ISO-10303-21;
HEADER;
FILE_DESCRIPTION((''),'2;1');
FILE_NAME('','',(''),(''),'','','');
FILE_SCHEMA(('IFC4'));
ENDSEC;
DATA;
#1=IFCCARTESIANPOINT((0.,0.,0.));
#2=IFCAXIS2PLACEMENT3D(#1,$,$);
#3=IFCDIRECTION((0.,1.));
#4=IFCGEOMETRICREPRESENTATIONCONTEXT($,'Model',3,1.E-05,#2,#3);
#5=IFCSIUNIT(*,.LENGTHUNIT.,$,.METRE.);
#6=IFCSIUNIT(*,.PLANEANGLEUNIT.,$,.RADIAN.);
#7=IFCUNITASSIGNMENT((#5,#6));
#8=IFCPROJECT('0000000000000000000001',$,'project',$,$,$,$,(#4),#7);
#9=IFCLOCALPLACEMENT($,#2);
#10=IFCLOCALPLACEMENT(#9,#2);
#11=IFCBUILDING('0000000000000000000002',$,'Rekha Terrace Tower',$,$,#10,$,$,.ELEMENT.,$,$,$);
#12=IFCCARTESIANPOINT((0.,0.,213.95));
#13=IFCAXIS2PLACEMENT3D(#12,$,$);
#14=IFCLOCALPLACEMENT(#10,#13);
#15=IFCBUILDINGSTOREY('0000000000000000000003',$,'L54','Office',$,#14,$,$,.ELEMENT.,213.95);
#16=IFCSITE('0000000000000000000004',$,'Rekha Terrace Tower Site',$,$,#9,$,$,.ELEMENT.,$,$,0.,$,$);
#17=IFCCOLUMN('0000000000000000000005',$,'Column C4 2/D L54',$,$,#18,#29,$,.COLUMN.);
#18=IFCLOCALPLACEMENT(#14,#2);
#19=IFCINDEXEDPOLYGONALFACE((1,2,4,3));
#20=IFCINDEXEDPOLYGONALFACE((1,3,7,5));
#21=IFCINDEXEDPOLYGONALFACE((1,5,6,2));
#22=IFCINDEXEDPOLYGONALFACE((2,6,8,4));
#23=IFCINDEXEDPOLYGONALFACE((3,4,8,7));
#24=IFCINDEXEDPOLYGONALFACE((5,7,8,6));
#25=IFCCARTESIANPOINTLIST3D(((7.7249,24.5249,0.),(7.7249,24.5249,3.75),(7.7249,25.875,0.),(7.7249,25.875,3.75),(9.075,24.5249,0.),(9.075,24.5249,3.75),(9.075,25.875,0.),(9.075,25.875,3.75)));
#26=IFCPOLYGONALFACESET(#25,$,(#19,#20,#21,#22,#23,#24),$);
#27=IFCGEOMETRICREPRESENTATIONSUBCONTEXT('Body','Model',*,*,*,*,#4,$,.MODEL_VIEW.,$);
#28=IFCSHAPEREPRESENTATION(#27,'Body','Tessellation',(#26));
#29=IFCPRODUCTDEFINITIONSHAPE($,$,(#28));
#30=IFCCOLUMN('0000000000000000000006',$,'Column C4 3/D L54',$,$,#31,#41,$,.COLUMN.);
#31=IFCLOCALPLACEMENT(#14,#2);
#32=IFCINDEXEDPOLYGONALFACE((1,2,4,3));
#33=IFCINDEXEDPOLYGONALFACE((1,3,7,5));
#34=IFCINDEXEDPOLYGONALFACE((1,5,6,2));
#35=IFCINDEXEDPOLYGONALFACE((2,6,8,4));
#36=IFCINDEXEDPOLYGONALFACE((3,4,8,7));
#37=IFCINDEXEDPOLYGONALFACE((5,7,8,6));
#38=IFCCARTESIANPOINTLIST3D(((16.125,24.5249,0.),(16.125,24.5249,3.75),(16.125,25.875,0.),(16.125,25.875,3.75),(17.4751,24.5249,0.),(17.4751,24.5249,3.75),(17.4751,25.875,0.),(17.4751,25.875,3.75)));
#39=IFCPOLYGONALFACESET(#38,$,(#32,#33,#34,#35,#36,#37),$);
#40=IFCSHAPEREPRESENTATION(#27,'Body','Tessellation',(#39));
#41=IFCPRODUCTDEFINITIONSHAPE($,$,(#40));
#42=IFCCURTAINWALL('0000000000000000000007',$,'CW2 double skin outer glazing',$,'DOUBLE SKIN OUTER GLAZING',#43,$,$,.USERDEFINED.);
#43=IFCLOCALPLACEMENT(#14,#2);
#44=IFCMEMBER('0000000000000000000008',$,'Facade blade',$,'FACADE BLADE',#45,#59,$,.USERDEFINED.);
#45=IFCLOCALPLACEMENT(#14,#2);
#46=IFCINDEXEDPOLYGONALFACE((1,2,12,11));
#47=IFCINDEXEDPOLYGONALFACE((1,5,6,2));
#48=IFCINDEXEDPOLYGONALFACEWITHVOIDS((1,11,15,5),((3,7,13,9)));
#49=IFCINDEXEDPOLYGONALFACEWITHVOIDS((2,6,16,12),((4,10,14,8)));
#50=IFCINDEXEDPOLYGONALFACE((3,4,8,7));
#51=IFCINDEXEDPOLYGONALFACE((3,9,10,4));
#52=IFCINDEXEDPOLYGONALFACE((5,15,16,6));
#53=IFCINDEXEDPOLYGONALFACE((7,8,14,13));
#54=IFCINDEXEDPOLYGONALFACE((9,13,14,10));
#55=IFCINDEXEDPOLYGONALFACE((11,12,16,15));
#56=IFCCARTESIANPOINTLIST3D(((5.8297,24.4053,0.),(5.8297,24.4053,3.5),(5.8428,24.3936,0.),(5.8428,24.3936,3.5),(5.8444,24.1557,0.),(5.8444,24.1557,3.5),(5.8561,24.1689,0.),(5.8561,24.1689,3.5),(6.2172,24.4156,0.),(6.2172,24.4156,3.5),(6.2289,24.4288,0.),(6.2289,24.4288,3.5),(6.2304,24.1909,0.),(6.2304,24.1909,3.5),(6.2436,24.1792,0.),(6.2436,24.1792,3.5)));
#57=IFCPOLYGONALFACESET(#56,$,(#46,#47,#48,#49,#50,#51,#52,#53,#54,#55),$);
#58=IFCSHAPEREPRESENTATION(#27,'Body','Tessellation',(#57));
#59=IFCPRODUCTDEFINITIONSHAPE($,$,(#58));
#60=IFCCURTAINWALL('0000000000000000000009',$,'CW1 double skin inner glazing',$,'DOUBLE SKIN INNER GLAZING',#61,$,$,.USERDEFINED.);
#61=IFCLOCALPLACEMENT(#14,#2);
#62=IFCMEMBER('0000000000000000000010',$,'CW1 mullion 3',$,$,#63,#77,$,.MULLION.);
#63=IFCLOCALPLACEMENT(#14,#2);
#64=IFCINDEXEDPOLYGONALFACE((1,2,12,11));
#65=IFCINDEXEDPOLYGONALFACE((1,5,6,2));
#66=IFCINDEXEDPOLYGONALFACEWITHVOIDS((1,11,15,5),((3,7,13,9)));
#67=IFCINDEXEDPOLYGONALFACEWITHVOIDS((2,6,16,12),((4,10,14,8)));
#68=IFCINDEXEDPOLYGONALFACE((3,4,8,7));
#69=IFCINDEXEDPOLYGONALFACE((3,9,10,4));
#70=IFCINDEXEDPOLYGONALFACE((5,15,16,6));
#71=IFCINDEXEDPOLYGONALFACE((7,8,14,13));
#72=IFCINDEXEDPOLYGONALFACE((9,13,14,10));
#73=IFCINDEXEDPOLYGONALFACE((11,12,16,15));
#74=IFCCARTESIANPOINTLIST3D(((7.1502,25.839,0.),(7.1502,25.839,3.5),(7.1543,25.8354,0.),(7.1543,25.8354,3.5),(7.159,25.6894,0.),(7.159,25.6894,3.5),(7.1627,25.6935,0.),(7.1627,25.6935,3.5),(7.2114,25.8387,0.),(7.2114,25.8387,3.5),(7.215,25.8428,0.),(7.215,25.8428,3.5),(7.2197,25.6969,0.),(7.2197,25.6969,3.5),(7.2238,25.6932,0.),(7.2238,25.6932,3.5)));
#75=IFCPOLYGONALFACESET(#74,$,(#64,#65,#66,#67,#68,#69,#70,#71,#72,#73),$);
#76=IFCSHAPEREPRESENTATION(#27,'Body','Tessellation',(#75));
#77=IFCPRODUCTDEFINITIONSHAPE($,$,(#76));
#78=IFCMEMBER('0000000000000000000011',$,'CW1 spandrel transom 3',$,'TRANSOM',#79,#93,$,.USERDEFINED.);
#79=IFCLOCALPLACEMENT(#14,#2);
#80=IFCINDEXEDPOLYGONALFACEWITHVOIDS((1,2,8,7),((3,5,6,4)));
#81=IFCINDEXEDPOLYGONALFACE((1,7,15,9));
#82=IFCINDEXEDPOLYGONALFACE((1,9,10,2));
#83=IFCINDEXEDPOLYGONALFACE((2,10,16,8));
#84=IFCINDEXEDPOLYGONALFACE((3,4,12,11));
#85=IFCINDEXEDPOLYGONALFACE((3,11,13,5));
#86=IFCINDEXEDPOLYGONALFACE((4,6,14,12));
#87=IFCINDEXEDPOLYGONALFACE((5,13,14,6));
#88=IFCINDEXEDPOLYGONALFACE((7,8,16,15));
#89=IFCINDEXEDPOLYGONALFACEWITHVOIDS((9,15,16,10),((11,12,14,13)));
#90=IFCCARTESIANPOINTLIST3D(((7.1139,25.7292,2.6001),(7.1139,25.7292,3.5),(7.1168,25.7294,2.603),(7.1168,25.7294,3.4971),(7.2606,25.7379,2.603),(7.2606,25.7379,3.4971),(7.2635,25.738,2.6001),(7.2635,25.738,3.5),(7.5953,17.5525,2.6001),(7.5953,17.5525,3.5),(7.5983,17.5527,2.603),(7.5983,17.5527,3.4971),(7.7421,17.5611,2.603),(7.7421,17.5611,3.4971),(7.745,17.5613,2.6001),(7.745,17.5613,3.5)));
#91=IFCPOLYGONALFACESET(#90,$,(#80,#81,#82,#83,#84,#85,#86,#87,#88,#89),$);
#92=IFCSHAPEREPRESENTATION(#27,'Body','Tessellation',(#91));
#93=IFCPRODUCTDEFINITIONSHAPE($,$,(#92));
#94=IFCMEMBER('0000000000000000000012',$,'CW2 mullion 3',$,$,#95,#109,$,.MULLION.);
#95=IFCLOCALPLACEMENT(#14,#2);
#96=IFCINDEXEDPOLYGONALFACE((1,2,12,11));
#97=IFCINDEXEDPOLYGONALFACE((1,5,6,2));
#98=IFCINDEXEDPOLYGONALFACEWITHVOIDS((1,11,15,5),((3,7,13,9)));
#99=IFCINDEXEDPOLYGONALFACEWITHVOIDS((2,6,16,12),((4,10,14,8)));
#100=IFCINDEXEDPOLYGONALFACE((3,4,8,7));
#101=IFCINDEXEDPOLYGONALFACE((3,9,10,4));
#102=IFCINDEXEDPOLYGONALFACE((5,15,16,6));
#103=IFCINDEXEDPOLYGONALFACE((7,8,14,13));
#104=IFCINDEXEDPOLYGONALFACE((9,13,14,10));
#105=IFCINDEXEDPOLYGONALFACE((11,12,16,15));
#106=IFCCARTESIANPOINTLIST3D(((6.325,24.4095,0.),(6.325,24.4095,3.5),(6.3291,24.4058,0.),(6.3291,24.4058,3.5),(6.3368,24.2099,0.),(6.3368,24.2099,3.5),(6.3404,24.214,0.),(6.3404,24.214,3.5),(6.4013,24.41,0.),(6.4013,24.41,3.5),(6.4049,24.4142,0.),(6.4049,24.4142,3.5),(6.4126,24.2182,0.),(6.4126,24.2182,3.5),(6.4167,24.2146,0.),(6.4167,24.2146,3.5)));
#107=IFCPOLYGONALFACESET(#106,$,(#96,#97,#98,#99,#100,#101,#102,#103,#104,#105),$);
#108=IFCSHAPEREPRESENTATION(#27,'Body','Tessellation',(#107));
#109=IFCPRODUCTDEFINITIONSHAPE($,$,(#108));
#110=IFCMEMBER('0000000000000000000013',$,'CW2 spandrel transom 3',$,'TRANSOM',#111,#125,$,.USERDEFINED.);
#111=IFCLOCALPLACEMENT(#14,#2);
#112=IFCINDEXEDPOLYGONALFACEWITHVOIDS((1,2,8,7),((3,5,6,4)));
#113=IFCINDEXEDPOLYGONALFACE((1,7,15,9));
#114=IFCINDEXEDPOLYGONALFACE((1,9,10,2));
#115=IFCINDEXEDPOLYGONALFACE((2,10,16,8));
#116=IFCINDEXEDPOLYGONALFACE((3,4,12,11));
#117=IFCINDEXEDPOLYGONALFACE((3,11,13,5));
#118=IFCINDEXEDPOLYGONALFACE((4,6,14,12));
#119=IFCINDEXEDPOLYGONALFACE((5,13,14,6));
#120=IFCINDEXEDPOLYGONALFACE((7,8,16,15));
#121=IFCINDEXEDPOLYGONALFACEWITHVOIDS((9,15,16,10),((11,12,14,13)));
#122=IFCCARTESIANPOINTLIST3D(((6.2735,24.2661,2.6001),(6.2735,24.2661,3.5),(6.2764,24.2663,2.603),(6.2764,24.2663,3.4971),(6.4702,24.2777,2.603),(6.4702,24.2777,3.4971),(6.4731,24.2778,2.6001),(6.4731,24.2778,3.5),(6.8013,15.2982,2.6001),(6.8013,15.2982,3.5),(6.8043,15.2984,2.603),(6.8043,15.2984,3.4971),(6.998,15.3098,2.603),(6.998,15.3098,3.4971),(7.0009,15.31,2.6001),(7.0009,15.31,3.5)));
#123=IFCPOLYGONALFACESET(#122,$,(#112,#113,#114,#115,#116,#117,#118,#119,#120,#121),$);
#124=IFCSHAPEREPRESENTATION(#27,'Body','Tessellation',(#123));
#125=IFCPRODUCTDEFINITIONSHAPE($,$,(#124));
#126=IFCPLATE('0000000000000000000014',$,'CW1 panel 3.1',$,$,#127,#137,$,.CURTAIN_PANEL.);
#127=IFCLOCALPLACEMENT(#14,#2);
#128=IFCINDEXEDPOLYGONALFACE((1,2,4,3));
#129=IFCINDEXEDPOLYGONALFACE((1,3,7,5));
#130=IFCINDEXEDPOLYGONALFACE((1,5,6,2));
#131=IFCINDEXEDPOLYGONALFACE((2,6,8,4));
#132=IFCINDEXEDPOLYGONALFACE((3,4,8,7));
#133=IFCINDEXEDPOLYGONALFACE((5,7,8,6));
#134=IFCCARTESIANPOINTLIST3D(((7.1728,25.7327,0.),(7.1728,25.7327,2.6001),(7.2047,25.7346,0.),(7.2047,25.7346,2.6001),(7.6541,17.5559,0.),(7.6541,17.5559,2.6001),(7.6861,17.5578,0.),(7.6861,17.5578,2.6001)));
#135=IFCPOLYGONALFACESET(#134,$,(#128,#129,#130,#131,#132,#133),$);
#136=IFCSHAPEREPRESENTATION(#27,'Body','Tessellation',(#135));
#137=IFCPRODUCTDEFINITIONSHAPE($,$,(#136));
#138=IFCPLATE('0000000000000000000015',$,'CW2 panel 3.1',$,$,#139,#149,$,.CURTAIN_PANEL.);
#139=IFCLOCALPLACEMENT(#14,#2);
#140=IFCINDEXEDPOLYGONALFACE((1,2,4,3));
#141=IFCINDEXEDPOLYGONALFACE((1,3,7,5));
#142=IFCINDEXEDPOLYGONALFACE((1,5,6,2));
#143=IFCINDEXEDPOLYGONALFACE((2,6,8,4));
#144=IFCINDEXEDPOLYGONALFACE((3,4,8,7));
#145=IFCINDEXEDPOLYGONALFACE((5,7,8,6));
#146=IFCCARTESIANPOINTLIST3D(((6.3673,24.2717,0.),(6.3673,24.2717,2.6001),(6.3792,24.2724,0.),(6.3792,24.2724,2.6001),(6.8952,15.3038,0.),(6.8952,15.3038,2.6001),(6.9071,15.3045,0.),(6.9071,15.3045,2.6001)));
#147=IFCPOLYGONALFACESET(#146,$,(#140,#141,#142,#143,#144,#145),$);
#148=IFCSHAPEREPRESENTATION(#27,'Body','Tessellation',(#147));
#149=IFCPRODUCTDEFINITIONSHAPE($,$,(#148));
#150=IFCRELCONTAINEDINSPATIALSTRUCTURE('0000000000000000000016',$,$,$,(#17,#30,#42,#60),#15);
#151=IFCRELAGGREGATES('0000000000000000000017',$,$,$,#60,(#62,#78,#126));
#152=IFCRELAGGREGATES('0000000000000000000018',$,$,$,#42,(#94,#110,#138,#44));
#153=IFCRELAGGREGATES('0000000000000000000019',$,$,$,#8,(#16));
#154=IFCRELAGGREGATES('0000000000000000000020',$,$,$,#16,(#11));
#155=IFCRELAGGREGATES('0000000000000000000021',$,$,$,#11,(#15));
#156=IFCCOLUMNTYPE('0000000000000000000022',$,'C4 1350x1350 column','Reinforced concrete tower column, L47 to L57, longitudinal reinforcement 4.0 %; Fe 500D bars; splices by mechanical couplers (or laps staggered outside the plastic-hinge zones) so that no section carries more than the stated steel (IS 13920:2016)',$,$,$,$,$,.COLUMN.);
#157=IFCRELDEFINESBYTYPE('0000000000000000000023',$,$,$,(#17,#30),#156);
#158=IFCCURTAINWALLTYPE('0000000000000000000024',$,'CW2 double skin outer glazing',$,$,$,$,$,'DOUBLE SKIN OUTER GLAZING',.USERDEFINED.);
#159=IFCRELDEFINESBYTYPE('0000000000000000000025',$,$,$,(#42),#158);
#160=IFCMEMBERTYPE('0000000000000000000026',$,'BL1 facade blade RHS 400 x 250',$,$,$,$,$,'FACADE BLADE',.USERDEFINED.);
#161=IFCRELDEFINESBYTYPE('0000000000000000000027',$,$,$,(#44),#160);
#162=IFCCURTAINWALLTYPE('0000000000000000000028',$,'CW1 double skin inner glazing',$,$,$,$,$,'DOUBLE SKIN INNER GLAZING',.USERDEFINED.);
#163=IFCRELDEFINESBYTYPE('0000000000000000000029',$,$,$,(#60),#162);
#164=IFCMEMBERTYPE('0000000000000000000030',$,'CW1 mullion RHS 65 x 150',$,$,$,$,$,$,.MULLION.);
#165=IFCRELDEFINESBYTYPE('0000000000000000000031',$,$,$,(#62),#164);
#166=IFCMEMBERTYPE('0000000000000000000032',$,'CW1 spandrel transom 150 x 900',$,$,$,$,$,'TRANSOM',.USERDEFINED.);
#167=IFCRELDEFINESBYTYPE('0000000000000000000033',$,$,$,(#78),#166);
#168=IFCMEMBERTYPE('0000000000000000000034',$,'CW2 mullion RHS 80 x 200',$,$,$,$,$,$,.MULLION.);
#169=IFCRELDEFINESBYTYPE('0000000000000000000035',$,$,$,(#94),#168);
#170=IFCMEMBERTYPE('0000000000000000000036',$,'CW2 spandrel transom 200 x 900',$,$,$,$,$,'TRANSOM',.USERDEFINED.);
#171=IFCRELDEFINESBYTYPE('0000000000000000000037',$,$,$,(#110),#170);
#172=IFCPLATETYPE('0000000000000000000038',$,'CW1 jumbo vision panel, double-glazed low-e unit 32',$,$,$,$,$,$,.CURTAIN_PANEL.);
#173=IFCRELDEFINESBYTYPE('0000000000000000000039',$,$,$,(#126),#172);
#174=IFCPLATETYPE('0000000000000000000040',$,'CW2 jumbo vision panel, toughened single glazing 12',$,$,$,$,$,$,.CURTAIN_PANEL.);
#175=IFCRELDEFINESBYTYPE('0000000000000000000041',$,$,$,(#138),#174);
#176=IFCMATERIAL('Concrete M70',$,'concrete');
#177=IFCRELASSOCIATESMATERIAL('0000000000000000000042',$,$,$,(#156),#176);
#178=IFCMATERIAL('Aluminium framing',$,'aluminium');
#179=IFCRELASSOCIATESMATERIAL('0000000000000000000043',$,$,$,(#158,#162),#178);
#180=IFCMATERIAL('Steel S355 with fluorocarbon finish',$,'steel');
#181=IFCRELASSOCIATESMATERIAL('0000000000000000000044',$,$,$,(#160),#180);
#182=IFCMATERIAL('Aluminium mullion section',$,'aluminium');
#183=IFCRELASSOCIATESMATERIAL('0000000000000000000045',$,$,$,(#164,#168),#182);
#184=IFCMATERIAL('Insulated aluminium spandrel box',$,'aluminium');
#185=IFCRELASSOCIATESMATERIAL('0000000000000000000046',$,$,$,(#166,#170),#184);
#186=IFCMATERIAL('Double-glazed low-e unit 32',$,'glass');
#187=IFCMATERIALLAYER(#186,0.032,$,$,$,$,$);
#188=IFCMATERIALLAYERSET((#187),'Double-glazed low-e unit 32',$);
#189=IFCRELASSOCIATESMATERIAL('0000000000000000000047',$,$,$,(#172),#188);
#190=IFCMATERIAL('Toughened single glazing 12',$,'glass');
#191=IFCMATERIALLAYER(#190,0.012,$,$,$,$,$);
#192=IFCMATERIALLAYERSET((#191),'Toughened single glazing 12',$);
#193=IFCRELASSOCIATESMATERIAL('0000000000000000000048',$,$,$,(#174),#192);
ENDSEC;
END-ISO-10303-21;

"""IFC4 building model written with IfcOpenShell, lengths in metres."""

from ifc_helpers import new_model, si_unit, direction, frame, origin, origin_2d, place, context, subcontext, project, spatial, rectangle, hollow_rectangle, extrude, material, layer, layer_set, material_profile, profile_set, type_object, element, aggregate, save


model = new_model("IFC4")

# Units and contexts
model_context = context("Model", 3, precision=1e-05, world=origin(), true_north=direction((0.0, 1.0)))
body_context = subcontext(model_context, "Body", "Model", "MODEL_VIEW")
ifc_project = project(units=[si_unit("LENGTHUNIT", "METRE"), si_unit("PLANEANGLEUNIT", "RADIAN")], contexts=[model_context])

# Site, building, storey
site_placement = place(None, origin())
site = spatial("IfcSite", under=ifc_project, at=site_placement, Name="Rekha Terrace Tower Site", CompositionType="ELEMENT", RefElevation=0.0)
building_placement = place(site_placement, origin())
building = spatial("IfcBuilding", under=site, at=building_placement, Name="Rekha Terrace Tower", CompositionType="ELEMENT")
storey_placement = place(building_placement, frame((0.0, 0.0, 213.95)))
storey = spatial("IfcBuildingStorey", under=building, at=storey_placement, Name="L54", Description="Office", CompositionType="ELEMENT", Elevation=213.95)

# Columns
ifc_material_1 = material(Name="Concrete M70", Category="concrete")
ifc_material_profile_1 = material_profile(ifc_material_1, rectangle(XDim=1.3501, YDim=1.3501, at=origin_2d()), Name="RC 1350x1350")
ifc_profile_set_1 = profile_set([ifc_material_profile_1], Name="Concrete M70")
column_type = type_object("IfcColumnType", Name="C4 1350x1350 column", Description="Reinforced concrete tower column, L47 to L57, longitudinal reinforcement 4.0 %; Fe 500D bars; splices by mechanical couplers (or laps staggered outside the plastic-hinge zones) so that no section carries more than the stated steel (IS 13920:2016)", PredefinedType="COLUMN", material=ifc_profile_set_1)
for number, where, z_axis, x_axis, name in (
    (1, (8.3999, 25.2, 0.0), (0.0, 0.0, 1.0), (1.0, 0.0, 0.0), "Column C4 2/D L54"),
    (2, (16.8, 25.2, 0.0), (0.0, 0.0, 1.0), (1.0, 0.0, 0.0), "Column C4 3/D L54"),
):
    element("IfcColumn", number, at=place(storey_placement, frame(where, z_axis=z_axis, x_axis=x_axis)), inside=storey, type_object=column_type, Name=name, PredefinedType="COLUMN", context=body_context, shape_type="SweptSolid", body=[
        extrude(rectangle(XDim=1.3501, YDim=1.3501, at=origin_2d()), origin(), (0.0, 0.0, 1.0), 3.75),
    ])

# Curtain wall, member
ifc_material_2 = material(Name="Aluminium framing", Category="aluminium")
curtain_wall_type_1 = type_object("IfcCurtainWallType", Name="CW2 double skin outer glazing", ElementType="DOUBLE SKIN OUTER GLAZING", PredefinedType="USERDEFINED", material=ifc_material_2)
curtain_wall_1_placement = place(storey_placement, origin())
curtain_wall_1 = element("IfcCurtainWall", 3, at=curtain_wall_1_placement, inside=storey, type_object=curtain_wall_type_1, Name="CW2 double skin outer glazing", ObjectType="DOUBLE SKIN OUTER GLAZING", PredefinedType="USERDEFINED")
ifc_material_3 = material(Name="Steel S355 with fluorocarbon finish", Category="steel")
ifc_material_profile_2 = material_profile(ifc_material_3, hollow_rectangle(XDim=0.25, YDim=0.3999, WallThickness=0.0125, at=origin_2d()), Name="RHS400x250x12.5")
ifc_profile_set_2 = profile_set([ifc_material_profile_2], Name="Steel S355 with fluorocarbon finish")
member_type_1 = type_object("IfcMemberType", Name="BL1 facade blade RHS 400 x 250", ElementType="FACADE BLADE", PredefinedType="USERDEFINED", material=ifc_profile_set_2)
member_1_placement = place(storey_placement, frame((6.0366, 24.2922, 0.0), z_axis=(0.0, 0.0, 1.0), x_axis=(0.058765, -0.998272, 0.0)))
member_1 = element("IfcMember", 4, at=member_1_placement, type_object=member_type_1, Name="Facade blade", ObjectType="FACADE BLADE", PredefinedType="USERDEFINED", context=body_context, shape_type="SweptSolid", body=[
    extrude(hollow_rectangle(XDim=0.25, YDim=0.3999, WallThickness=0.0125, at=origin_2d()), origin(), (0.0, 0.0, 1.0), 3.5),
])

# Curtain wall, members
curtain_wall_type_2 = type_object("IfcCurtainWallType", Name="CW1 double skin inner glazing", ElementType="DOUBLE SKIN INNER GLAZING", PredefinedType="USERDEFINED", material=ifc_material_2)
curtain_wall_2_placement = place(storey_placement, origin())
curtain_wall_2 = element("IfcCurtainWall", 5, at=curtain_wall_2_placement, inside=storey, type_object=curtain_wall_type_2, Name="CW1 double skin inner glazing", ObjectType="DOUBLE SKIN INNER GLAZING", PredefinedType="USERDEFINED")
ifc_material_4 = material(Name="Aluminium mullion section", Category="aluminium")
ifc_material_profile_3 = material_profile(ifc_material_4, hollow_rectangle(XDim=0.0649, YDim=0.1499, WallThickness=0.0039, at=origin_2d()), Name="AL RHS 65x150")
ifc_profile_set_3 = profile_set([ifc_material_profile_3], Name="Aluminium mullion section")
member_type_2 = type_object("IfcMemberType", Name="CW1 mullion RHS 65 x 150", PredefinedType="MULLION", material=ifc_profile_set_3)
member_2_placement = place(storey_placement, frame((7.187, 25.7661, 0.0), z_axis=(0.0, 0.0, 1.0), x_axis=(0.998272, 0.058765, 0.0)))
member_2 = element("IfcMember", 6, at=member_2_placement, type_object=member_type_2, Name="CW1 mullion 3", PredefinedType="MULLION", context=body_context, shape_type="SweptSolid", body=[
    extrude(hollow_rectangle(XDim=0.0649, YDim=0.1499, WallThickness=0.0039, at=origin_2d()), origin(), (0.0, 0.0, 1.0), 3.5),
])
ifc_material_5 = material(Name="Insulated aluminium spandrel box", Category="aluminium")
ifc_material_profile_4 = material_profile(ifc_material_5, hollow_rectangle(XDim=0.1499, YDim=0.8999, WallThickness=0.0029, at=origin_2d()), Name="AL SPANDREL BOX 150x900")
ifc_profile_set_4 = profile_set([ifc_material_profile_4], Name="Insulated aluminium spandrel box")
member_type_3 = type_object("IfcMemberType", Name="CW1 spandrel transom 150 x 900", ElementType="TRANSOM", PredefinedType="USERDEFINED", material=ifc_profile_set_4)
member_3_placement = place(storey_placement, frame((7.1887, 25.7336, 3.05), z_axis=(0.058778, -0.998271, 0.0), x_axis=(0.998271, 0.058778, 0.0)))
member_3 = element("IfcMember", 7, at=member_3_placement, type_object=member_type_3, Name="CW1 spandrel transom 3", ObjectType="TRANSOM", PredefinedType="USERDEFINED", context=body_context, shape_type="SweptSolid", body=[
    extrude(hollow_rectangle(XDim=0.1499, YDim=0.8999, WallThickness=0.0029, at=origin_2d()), origin(), (0.0, 0.0, 1.0), 8.1909),
])

# Members
ifc_material_profile_5 = material_profile(ifc_material_4, hollow_rectangle(XDim=0.0801, YDim=0.2, WallThickness=0.0039, at=origin_2d()), Name="AL RHS 80x200")
ifc_profile_set_5 = profile_set([ifc_material_profile_5], Name="Aluminium mullion section")
member_type_4 = type_object("IfcMemberType", Name="CW2 mullion RHS 80 x 200", PredefinedType="MULLION", material=ifc_profile_set_5)
member_4_placement = place(storey_placement, frame((6.3708, 24.312, 0.0), z_axis=(0.0, 0.0, 1.0), x_axis=(0.998272, 0.058765, 0.0)))
member_4 = element("IfcMember", 8, at=member_4_placement, type_object=member_type_4, Name="CW2 mullion 3", PredefinedType="MULLION", context=body_context, shape_type="SweptSolid", body=[
    extrude(hollow_rectangle(XDim=0.0801, YDim=0.2, WallThickness=0.0039, at=origin_2d()), origin(), (0.0, 0.0, 1.0), 3.5),
])
ifc_material_profile_6 = material_profile(ifc_material_5, hollow_rectangle(XDim=0.2, YDim=0.8999, WallThickness=0.0029, at=origin_2d()), Name="AL SPANDREL BOX 200x900")
ifc_profile_set_6 = profile_set([ifc_material_profile_6], Name="Insulated aluminium spandrel box")
member_type_5 = type_object("IfcMemberType", Name="CW2 spandrel transom 200 x 900", ElementType="TRANSOM", PredefinedType="USERDEFINED", material=ifc_profile_set_6)
member_5_placement = place(storey_placement, frame((6.3733, 24.272, 3.05), z_axis=(0.058757, -0.998272, 0.0), x_axis=(0.998272, 0.058757, 0.0)))
member_5 = element("IfcMember", 9, at=member_5_placement, type_object=member_type_5, Name="CW2 spandrel transom 3", ObjectType="TRANSOM", PredefinedType="USERDEFINED", context=body_context, shape_type="SweptSolid", body=[
    extrude(hollow_rectangle(XDim=0.2, YDim=0.8999, WallThickness=0.0029, at=origin_2d()), origin(), (0.0, 0.0, 1.0), 8.9834),
])

# Plates
ifc_material_6 = material(Name="Double-glazed low-e unit 32", Category="glass")
ifc_layer_1 = layer(ifc_material_6, 0.032)
ifc_layer_set_1 = layer_set([ifc_layer_1], Name="Double-glazed low-e unit 32")
plate_type_1 = type_object("IfcPlateType", Name="CW1 jumbo vision panel, double-glazed low-e unit 32", PredefinedType="CURTAIN_PANEL", material=ifc_layer_set_1)
plate_1_placement = place(storey_placement, frame((7.4294, 21.6453, 0.0), z_axis=(0.0, 0.0, 1.0), x_axis=(0.058765, -0.998272, 0.0)))
plate_1 = element("IfcPlate", 10, at=plate_1_placement, type_object=plate_type_1, Name="CW1 panel 3.1", PredefinedType="CURTAIN_PANEL", context=body_context, shape_type="SweptSolid", body=[
    extrude(rectangle(XDim=8.1909, YDim=0.032, at=origin_2d()), origin(), (0.0, 0.0, 1.0), 2.6001),
])
aggregate(curtain_wall_2, [member_2, member_3, plate_1])
ifc_material_7 = material(Name="Toughened single glazing 12", Category="glass")
ifc_layer_2 = layer(ifc_material_7, 0.012)
ifc_layer_set_2 = layer_set([ifc_layer_2], Name="Toughened single glazing 12")
plate_type_2 = type_object("IfcPlateType", Name="CW2 jumbo vision panel, toughened single glazing 12", PredefinedType="CURTAIN_PANEL", material=ifc_layer_set_2)
plate_2_placement = place(storey_placement, frame((6.6372, 19.7881, 0.0), z_axis=(0.0, 0.0, 1.0), x_axis=(0.058765, -0.998272, 0.0)))
plate_2 = element("IfcPlate", 11, at=plate_2_placement, type_object=plate_type_2, Name="CW2 panel 3.1", PredefinedType="CURTAIN_PANEL", context=body_context, shape_type="SweptSolid", body=[
    extrude(rectangle(XDim=8.9834, YDim=0.012, at=origin_2d()), origin(), (0.0, 0.0, 1.0), 2.6001),
])
aggregate(curtain_wall_1, [member_4, member_5, plate_2, member_1])

save(model, "model.ifc")
